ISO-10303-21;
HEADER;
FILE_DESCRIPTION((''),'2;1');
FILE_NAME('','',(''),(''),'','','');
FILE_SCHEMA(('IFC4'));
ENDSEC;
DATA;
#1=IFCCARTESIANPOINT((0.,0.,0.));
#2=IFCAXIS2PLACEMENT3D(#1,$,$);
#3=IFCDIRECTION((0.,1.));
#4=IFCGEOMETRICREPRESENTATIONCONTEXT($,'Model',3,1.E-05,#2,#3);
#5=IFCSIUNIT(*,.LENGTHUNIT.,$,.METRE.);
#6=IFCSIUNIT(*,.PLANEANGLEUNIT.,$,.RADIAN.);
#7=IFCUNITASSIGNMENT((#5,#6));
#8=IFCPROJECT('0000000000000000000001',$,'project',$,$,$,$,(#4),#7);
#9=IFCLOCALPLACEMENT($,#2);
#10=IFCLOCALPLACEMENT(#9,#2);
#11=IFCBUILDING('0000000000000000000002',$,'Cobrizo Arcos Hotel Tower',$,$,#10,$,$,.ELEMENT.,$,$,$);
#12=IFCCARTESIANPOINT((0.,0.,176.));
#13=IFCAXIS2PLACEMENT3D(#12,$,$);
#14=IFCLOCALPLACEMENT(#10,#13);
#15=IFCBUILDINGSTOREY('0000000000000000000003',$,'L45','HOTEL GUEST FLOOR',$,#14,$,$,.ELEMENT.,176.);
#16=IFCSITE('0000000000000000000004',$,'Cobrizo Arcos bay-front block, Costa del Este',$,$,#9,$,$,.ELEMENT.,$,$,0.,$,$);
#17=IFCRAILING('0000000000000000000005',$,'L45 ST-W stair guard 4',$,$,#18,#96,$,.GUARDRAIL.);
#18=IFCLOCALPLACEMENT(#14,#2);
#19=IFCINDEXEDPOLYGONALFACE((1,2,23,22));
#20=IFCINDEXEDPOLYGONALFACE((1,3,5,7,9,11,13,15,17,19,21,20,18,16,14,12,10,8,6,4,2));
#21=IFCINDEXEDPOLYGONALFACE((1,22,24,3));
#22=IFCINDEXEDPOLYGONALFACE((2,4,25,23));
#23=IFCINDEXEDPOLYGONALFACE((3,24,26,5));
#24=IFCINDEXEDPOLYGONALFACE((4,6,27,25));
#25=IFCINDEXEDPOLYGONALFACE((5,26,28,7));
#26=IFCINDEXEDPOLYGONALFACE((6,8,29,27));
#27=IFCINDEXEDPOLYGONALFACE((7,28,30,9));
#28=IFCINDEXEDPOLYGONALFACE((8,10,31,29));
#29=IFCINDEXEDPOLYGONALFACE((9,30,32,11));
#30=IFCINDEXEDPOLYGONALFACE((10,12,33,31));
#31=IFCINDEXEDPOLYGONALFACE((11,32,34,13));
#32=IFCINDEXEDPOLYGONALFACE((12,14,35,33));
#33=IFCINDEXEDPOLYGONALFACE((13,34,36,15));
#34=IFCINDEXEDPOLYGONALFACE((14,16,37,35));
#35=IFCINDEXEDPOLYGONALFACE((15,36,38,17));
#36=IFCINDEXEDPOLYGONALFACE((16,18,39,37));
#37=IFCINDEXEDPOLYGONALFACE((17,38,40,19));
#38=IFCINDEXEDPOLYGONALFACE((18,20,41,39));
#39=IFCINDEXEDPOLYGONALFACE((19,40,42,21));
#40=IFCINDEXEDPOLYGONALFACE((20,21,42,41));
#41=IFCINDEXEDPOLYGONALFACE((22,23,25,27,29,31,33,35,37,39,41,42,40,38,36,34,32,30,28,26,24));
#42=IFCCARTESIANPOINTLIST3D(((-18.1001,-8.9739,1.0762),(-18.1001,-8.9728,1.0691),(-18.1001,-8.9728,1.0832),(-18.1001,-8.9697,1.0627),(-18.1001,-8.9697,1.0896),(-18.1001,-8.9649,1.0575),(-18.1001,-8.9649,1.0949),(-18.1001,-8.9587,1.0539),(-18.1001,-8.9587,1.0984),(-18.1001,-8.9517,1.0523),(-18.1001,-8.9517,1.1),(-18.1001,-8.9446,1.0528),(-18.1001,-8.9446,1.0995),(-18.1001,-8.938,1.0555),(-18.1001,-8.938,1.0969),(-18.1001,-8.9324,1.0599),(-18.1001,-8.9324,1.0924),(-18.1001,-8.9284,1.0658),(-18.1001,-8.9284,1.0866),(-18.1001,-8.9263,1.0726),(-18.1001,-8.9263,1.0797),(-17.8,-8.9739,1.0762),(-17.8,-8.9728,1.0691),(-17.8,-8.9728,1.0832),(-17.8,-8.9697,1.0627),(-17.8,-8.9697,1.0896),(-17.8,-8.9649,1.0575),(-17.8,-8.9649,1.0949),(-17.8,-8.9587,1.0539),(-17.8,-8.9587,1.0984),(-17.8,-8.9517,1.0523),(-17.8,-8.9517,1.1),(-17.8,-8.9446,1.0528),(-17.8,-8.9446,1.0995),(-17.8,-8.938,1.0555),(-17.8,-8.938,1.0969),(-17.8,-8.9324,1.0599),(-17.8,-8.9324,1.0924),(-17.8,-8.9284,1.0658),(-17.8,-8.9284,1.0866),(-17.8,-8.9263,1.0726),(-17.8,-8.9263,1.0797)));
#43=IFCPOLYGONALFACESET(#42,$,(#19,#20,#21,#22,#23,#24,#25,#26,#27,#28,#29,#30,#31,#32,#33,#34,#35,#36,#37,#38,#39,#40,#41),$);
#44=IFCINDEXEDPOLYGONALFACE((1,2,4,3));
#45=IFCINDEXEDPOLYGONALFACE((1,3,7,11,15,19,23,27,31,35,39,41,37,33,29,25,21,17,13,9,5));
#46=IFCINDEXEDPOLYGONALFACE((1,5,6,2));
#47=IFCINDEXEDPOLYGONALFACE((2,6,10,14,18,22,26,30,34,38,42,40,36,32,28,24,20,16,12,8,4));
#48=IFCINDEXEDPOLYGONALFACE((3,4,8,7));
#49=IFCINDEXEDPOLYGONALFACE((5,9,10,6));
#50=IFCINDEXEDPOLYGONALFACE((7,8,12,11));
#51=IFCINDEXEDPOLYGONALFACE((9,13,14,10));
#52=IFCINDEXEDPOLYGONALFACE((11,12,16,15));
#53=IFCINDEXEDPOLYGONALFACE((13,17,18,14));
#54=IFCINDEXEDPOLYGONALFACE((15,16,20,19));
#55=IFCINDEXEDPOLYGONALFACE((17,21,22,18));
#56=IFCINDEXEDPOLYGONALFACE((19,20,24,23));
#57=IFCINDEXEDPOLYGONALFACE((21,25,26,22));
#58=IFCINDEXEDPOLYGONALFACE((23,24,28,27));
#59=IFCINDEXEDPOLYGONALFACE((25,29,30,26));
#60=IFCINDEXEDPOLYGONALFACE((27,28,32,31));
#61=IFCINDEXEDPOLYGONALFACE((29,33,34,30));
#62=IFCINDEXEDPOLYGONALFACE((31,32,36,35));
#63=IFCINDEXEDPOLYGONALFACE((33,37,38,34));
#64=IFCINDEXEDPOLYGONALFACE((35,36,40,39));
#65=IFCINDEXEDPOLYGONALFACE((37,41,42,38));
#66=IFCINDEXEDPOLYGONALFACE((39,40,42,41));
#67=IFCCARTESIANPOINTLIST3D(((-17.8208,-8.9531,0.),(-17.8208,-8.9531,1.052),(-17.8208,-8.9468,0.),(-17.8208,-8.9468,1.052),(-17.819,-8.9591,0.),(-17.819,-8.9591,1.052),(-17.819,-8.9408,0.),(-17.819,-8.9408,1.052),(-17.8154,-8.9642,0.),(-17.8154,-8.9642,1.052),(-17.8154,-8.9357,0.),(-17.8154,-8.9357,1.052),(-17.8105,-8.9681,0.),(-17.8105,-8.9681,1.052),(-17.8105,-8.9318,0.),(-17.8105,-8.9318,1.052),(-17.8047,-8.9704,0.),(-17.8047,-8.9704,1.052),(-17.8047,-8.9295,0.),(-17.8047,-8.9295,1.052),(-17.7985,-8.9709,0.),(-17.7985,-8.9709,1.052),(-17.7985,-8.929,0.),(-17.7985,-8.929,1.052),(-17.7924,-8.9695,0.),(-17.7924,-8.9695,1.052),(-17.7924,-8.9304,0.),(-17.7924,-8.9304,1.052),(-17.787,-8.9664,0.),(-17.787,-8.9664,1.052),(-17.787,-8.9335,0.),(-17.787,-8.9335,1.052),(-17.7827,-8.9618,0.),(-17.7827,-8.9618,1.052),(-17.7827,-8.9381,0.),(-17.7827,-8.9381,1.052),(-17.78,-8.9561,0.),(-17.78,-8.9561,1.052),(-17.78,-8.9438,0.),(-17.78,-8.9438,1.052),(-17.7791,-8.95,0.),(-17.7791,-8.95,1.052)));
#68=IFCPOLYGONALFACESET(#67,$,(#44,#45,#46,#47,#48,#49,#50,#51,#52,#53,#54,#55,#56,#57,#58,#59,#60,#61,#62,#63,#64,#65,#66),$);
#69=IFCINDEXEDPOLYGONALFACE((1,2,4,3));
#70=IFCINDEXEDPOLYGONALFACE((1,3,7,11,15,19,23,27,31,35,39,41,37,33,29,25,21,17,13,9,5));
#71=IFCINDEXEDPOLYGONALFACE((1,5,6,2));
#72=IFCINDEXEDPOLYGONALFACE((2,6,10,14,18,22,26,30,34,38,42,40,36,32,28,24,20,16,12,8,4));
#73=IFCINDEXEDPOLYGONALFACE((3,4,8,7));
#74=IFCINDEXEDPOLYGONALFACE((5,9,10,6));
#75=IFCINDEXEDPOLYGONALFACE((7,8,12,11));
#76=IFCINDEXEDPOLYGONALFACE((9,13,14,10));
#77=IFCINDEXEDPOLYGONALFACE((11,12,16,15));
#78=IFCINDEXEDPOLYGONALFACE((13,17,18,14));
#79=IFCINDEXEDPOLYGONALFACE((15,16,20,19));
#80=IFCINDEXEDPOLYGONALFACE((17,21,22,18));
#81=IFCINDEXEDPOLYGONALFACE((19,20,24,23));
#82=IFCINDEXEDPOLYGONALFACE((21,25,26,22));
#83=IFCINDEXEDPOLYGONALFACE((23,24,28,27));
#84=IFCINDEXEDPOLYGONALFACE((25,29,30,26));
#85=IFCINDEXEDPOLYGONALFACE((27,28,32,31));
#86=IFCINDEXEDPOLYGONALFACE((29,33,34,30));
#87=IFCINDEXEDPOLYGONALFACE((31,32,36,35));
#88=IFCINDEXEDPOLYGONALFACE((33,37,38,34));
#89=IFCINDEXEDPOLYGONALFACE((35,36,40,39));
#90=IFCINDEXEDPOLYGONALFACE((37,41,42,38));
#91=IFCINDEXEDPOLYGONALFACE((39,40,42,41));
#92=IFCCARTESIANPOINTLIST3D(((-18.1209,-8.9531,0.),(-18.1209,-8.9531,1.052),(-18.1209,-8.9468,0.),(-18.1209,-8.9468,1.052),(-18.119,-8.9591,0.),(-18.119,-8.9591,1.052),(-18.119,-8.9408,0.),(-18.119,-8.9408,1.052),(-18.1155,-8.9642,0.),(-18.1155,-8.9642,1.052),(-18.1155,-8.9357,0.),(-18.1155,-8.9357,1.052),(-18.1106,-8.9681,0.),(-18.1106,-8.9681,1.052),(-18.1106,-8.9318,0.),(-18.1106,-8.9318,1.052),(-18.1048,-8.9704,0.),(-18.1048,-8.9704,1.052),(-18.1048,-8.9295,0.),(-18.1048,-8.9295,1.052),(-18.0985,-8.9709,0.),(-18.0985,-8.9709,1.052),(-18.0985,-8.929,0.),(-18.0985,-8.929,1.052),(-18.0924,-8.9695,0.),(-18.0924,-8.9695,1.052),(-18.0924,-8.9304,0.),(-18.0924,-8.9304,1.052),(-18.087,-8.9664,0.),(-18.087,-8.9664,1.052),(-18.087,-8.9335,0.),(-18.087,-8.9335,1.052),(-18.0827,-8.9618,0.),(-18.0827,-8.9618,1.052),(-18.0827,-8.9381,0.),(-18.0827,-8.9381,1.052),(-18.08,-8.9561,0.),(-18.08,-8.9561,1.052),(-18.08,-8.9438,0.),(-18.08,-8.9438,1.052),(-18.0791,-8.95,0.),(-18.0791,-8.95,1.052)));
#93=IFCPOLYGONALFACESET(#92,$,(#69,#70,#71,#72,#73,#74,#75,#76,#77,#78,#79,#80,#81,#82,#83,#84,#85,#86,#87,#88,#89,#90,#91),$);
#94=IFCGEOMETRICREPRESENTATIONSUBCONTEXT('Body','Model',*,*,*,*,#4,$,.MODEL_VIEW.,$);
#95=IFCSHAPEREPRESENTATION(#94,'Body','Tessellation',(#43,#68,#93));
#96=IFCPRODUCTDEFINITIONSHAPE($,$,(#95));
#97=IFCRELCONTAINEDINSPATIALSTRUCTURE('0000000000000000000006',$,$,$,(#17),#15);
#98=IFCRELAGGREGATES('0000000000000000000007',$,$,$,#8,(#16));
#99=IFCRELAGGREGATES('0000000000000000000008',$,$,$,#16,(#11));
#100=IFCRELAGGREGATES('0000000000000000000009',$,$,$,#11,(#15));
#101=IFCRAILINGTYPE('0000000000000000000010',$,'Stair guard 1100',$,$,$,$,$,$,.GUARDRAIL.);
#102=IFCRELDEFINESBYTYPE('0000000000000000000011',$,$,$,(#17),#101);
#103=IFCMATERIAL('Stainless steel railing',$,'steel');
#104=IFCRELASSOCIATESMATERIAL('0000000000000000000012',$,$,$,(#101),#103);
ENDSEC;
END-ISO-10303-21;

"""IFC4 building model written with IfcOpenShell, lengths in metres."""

from ifc_helpers import new_model, si_unit, direction, frame, origin, origin_2d, place, context, subcontext, project, spatial, circle, extrude, material, type_object, element, save


model = new_model("IFC4")

# Units and contexts
model_context = context("Model", 3, precision=1e-05, world=origin(), true_north=direction((0.0, 1.0)))
body_context = subcontext(model_context, "Body", "Model", "MODEL_VIEW")
ifc_project = project(units=[si_unit("LENGTHUNIT", "METRE"), si_unit("PLANEANGLEUNIT", "RADIAN")], contexts=[model_context])

# Site, building, storey
site_placement = place(None, origin())
site = spatial("IfcSite", under=ifc_project, at=site_placement, Name="Cobrizo Arcos bay-front block, Costa del Este", CompositionType="ELEMENT", RefElevation=0.0)
building_placement = place(site_placement, origin())
building = spatial("IfcBuilding", under=site, at=building_placement, Name="Cobrizo Arcos Hotel Tower", CompositionType="ELEMENT")
storey_placement = place(building_placement, frame((0.0, 0.0, 176.0)))
storey = spatial("IfcBuildingStorey", under=building, at=storey_placement, Name="L45", Description="HOTEL GUEST FLOOR", CompositionType="ELEMENT", Elevation=176.0)

# Railing
ifc_material_1 = material(Name="Stainless steel railing", Category="steel")
railing_type_1 = type_object("IfcRailingType", Name="Stair guard 1100", PredefinedType="GUARDRAIL", material=ifc_material_1)
railing_1_placement = place(storey_placement, frame((-17.8, -8.95, 0.0)))
element("IfcRailing", 1, at=railing_1_placement, inside=storey, type_object=railing_type_1, Name="L45 ST-W stair guard 4", PredefinedType="GUARDRAIL", context=body_context, shape_type="SweptSolid", body=[
    extrude(circle(Radius=0.0239, at=origin_2d()), frame((0.0, 0.0, 1.0762), z_axis=(-1.0, 0.0, 0.0), x_axis=(0.0, -1.0, 0.0)), (0.0, 0.0, 1.0), 0.3),
    extrude(circle(Radius=0.021, at=origin_2d()), origin(), (0.0, 0.0, 1.0), 1.052),
    extrude(circle(Radius=0.021, at=origin_2d()), frame((-0.3, 0.0, 0.0)), (0.0, 0.0, 1.0), 1.052),
])

save(model, "model.ifc")
